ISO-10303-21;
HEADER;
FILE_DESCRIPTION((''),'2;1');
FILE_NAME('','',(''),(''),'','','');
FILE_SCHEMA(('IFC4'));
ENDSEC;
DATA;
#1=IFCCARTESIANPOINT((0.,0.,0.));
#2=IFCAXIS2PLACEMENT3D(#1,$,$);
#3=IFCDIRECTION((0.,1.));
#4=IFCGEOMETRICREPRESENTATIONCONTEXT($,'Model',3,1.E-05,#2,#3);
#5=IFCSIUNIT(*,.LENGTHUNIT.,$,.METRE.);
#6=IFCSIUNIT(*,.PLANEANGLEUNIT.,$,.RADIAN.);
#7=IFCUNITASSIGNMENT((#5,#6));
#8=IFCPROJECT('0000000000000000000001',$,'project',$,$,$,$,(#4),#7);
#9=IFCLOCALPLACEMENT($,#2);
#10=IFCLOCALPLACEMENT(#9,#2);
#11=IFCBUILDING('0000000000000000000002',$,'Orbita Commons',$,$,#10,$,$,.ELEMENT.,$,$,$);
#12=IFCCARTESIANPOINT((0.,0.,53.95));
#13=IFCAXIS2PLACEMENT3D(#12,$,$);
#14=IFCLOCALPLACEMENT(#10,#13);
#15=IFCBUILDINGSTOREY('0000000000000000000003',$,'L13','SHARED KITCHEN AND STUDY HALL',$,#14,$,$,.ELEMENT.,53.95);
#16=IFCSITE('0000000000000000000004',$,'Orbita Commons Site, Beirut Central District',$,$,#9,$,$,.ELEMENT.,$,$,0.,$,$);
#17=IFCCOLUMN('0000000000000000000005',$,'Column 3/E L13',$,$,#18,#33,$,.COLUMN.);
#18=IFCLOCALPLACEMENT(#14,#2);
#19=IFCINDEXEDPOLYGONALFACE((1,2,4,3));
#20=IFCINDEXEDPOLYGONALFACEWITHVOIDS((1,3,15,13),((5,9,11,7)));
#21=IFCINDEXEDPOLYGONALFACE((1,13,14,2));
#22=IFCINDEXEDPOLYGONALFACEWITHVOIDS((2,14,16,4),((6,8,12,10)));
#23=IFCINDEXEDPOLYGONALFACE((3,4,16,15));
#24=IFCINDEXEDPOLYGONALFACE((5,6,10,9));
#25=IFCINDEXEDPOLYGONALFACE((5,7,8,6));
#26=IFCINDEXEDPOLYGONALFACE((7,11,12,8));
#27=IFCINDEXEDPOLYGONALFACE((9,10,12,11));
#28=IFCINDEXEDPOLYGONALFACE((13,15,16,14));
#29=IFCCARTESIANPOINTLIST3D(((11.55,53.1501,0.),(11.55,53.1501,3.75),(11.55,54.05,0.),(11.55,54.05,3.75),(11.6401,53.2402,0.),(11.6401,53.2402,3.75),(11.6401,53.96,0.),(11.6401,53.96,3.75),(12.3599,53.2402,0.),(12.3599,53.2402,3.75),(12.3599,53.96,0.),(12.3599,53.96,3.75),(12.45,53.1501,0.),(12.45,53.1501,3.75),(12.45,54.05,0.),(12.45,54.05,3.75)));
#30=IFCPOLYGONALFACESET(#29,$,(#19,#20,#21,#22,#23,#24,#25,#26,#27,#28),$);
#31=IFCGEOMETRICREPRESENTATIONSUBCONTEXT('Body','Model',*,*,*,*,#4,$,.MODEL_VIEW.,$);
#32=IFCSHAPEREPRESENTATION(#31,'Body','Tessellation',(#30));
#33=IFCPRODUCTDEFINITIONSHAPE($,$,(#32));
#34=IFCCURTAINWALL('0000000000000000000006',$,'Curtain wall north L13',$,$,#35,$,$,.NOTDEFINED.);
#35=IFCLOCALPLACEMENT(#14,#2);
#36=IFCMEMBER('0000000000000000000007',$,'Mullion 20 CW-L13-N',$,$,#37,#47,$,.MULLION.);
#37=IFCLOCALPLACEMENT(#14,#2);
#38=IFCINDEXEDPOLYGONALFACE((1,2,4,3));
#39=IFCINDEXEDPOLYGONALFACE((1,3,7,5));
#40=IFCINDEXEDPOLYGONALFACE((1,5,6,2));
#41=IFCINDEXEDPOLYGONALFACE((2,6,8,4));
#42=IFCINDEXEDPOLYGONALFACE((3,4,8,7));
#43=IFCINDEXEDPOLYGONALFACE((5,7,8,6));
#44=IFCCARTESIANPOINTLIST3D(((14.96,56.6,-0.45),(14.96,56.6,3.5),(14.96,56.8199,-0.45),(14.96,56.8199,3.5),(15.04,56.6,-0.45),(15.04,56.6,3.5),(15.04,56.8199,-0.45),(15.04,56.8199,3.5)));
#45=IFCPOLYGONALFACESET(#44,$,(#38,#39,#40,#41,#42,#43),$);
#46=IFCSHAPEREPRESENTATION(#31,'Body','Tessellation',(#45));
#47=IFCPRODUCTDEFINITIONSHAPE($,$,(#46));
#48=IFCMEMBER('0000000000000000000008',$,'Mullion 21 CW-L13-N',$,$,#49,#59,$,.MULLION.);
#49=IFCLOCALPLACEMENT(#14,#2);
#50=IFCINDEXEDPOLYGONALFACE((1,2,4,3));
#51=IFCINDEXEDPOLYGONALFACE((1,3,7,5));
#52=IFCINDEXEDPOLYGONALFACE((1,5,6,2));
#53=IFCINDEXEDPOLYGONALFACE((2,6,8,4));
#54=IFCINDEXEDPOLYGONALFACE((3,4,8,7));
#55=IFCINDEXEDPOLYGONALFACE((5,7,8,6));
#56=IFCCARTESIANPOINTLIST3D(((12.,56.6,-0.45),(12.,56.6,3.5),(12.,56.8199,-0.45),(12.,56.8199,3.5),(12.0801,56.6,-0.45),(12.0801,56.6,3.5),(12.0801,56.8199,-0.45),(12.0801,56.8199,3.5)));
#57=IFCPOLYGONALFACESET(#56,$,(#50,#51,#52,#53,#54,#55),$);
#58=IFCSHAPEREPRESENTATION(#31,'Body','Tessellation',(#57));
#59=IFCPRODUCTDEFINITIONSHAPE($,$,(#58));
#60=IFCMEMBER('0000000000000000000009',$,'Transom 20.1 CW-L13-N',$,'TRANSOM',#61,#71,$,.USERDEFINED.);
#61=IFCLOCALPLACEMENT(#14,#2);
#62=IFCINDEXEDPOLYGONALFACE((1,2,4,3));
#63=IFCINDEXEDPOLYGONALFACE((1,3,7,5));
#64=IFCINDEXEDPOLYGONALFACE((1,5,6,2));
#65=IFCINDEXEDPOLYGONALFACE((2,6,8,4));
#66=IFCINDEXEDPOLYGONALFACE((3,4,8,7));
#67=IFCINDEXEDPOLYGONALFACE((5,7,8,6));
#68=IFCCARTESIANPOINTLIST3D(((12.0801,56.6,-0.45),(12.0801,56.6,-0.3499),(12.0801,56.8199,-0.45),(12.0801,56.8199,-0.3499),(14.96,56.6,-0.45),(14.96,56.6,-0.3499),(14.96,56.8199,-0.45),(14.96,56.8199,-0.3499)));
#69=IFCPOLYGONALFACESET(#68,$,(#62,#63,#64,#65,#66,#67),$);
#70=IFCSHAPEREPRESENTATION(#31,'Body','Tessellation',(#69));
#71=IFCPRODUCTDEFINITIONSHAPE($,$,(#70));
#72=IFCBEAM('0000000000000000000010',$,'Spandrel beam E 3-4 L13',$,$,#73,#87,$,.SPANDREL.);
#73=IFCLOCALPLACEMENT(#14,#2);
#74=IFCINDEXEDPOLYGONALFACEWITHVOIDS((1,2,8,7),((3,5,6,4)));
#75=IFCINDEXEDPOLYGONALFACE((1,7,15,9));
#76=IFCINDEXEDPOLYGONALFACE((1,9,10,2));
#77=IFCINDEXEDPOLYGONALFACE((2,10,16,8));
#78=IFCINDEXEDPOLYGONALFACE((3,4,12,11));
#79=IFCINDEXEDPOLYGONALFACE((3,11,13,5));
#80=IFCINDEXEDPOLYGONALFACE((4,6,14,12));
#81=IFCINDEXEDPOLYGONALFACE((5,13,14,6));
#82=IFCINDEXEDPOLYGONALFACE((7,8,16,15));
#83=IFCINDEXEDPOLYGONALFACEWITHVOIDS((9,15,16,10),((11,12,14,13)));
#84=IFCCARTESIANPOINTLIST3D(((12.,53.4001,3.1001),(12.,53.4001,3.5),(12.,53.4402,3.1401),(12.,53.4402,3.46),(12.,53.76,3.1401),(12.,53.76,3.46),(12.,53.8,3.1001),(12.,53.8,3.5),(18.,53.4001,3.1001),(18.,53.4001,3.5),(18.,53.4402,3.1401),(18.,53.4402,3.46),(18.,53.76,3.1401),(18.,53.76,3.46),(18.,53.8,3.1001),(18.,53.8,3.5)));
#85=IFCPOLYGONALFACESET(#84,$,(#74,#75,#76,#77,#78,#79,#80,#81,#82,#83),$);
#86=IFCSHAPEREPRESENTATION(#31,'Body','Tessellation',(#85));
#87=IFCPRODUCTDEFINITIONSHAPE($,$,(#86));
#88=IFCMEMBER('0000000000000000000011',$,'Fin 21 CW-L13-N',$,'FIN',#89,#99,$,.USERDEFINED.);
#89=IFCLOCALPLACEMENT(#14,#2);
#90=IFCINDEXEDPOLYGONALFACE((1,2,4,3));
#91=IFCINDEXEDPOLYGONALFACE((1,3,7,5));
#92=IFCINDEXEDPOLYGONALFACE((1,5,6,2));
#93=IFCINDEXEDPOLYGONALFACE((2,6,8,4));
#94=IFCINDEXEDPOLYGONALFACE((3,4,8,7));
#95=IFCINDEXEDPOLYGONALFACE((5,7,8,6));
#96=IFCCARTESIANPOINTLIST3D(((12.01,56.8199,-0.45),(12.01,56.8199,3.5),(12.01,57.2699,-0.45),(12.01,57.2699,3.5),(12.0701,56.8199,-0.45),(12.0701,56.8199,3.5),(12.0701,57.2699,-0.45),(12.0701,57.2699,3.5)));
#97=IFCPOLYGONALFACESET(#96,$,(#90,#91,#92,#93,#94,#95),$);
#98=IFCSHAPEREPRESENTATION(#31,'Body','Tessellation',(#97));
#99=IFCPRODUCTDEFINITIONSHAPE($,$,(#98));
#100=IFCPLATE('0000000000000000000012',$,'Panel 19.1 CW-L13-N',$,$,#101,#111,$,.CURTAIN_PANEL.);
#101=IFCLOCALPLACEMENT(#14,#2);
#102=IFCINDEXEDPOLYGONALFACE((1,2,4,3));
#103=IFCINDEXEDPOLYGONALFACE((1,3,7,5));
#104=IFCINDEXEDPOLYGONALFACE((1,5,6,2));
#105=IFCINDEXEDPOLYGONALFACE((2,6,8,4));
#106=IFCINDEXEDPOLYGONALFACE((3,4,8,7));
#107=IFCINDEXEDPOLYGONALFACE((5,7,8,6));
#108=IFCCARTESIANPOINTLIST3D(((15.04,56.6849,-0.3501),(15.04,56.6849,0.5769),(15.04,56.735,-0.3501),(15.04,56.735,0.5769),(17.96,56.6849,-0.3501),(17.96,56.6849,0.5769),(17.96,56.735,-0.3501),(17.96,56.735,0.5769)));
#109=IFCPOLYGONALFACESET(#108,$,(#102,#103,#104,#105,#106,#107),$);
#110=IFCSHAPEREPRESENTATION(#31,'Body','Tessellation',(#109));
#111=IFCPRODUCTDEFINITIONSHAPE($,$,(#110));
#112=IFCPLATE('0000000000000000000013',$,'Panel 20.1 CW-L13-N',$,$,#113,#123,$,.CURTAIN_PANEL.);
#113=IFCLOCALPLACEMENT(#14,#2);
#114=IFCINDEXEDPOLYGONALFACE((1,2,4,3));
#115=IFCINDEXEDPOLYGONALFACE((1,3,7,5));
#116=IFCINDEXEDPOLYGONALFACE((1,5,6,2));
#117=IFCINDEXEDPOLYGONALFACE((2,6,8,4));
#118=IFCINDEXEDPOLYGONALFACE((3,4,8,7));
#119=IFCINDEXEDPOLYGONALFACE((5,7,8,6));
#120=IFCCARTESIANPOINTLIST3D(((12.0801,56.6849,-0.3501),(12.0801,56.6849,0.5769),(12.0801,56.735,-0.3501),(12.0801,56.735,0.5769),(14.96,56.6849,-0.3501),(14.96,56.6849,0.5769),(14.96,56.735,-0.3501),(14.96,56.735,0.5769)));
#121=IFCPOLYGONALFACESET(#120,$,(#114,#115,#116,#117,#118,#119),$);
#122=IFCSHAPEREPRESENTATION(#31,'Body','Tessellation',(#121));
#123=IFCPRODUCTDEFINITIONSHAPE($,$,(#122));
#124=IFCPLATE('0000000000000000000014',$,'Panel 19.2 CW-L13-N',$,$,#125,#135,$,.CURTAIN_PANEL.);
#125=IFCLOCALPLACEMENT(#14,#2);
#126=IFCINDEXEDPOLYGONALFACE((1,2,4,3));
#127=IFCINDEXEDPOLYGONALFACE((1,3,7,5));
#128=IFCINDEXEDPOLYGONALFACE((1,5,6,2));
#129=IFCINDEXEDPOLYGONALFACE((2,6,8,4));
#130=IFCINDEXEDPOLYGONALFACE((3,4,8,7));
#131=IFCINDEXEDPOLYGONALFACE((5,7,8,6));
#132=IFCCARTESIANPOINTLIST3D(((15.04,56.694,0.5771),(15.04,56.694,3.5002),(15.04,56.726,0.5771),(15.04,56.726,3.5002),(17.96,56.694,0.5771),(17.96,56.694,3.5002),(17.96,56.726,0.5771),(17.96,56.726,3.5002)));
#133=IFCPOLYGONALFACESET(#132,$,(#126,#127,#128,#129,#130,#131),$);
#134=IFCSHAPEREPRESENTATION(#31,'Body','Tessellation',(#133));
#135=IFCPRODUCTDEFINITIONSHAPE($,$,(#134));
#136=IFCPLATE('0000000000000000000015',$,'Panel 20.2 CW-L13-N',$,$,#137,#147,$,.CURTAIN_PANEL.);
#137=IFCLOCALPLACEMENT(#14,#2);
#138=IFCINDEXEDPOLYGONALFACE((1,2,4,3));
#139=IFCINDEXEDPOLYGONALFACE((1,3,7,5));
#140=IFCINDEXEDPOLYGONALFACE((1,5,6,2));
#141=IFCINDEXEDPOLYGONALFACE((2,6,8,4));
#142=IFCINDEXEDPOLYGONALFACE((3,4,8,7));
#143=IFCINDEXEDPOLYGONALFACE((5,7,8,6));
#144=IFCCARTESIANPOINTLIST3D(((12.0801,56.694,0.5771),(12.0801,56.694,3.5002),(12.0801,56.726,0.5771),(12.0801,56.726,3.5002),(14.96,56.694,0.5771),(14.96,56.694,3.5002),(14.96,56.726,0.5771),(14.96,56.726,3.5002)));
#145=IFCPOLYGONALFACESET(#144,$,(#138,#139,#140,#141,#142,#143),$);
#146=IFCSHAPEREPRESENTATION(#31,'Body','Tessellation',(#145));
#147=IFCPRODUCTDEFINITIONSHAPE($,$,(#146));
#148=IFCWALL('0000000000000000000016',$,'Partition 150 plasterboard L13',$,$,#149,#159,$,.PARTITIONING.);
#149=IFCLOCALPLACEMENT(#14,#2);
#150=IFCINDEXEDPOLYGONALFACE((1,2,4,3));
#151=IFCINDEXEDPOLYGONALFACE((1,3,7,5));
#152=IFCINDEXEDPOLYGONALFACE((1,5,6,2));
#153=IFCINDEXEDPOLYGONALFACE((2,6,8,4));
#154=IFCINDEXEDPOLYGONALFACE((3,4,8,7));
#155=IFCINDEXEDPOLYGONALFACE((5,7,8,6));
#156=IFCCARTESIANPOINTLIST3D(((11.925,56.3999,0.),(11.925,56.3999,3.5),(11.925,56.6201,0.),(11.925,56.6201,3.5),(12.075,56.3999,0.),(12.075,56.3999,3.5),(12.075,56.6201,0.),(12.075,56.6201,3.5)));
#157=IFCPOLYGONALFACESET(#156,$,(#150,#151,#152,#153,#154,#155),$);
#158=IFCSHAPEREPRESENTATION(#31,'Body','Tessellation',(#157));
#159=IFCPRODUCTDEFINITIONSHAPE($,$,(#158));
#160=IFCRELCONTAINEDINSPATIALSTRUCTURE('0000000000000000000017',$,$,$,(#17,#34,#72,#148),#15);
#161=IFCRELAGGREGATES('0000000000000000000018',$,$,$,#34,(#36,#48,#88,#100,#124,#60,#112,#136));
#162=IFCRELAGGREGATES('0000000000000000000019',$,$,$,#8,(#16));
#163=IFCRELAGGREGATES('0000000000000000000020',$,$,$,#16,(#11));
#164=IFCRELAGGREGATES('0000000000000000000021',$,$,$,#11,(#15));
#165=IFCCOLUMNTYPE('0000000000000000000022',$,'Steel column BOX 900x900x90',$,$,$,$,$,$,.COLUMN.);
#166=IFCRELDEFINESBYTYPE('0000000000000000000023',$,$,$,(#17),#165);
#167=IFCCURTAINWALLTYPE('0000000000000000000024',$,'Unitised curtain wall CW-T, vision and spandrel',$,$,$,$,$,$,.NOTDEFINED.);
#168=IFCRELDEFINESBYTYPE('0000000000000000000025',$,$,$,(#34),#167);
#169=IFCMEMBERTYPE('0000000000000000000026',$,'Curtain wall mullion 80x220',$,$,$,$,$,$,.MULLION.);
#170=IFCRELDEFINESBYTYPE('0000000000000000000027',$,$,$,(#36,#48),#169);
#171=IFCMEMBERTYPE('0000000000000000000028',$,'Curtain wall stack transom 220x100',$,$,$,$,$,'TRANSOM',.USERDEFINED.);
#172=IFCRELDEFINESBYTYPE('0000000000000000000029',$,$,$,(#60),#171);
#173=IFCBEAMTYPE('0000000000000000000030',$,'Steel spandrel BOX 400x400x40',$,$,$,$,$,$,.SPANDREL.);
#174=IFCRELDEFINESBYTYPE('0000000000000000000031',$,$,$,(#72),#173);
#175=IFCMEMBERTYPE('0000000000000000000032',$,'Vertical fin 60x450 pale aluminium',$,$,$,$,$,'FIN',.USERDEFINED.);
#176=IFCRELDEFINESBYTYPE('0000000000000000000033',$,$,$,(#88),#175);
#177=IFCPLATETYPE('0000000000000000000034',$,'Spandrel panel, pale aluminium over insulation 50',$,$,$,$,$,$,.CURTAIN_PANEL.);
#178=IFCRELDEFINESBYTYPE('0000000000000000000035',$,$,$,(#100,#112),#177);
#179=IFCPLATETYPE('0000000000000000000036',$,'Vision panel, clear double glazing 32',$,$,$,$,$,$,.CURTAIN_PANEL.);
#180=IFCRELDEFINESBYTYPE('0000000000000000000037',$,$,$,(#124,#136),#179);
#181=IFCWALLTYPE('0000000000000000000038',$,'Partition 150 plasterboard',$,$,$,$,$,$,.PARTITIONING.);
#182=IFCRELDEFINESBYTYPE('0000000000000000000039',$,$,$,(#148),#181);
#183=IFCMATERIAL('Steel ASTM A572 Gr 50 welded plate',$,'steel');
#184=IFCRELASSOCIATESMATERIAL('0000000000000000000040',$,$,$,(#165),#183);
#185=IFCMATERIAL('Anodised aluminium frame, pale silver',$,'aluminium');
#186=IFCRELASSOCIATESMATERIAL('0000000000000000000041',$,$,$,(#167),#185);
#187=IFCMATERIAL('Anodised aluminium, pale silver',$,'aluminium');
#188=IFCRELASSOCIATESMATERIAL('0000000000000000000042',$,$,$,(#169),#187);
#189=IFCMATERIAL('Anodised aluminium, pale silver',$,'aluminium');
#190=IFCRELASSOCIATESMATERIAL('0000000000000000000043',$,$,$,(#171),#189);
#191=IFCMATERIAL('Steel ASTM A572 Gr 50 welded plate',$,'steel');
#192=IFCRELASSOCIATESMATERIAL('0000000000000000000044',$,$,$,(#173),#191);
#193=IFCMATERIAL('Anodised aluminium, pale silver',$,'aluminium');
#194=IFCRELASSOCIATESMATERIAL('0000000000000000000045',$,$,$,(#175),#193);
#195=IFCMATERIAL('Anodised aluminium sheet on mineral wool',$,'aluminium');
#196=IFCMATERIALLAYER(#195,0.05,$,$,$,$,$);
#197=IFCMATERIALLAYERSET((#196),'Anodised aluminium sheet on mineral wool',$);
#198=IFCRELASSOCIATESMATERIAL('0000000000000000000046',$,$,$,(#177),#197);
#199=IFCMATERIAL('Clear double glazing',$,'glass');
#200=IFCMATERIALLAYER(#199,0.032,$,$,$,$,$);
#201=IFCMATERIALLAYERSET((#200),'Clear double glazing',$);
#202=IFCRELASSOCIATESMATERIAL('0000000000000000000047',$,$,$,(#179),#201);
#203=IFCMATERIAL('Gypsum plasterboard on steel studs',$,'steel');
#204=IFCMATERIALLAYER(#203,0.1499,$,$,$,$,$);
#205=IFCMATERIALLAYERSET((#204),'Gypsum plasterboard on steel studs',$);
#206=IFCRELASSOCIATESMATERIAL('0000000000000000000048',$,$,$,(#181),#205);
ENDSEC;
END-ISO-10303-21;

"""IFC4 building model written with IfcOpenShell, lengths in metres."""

from ifc_helpers import new_model, si_unit, direction, frame, frame_2d, origin, origin_2d, place, context, subcontext, project, spatial, rectangle, hollow_rectangle, extrude, material, layer, layer_set, material_profile, profile_set, type_object, element, aggregate, save


model = new_model("IFC4")

# Units and contexts
model_context = context("Model", 3, precision=1e-05, world=origin(), true_north=direction((0.0, 1.0)))
body_context = subcontext(model_context, "Body", "Model", "MODEL_VIEW")
ifc_project = project(units=[si_unit("LENGTHUNIT", "METRE"), si_unit("PLANEANGLEUNIT", "RADIAN")], contexts=[model_context])

# Site, building, storey
site_placement = place(None, origin())
site = spatial("IfcSite", under=ifc_project, at=site_placement, Name="Orbita Commons Site, Beirut Central District", CompositionType="ELEMENT", RefElevation=0.0)
building_placement = place(site_placement, origin())
building = spatial("IfcBuilding", under=site, at=building_placement, Name="Orbita Commons", CompositionType="ELEMENT")
storey_placement = place(building_placement, frame((0.0, 0.0, 53.95)))
storey = spatial("IfcBuildingStorey", under=building, at=storey_placement, Name="L13", Description="SHARED KITCHEN AND STUDY HALL", CompositionType="ELEMENT", Elevation=53.95)

# Column
ifc_material_1 = material(Name="Steel ASTM A572 Gr 50 welded plate", Category="steel")
ifc_material_profile_1 = material_profile(ifc_material_1, hollow_rectangle(XDim=0.8999, YDim=0.8999, WallThickness=0.0901, at=origin_2d()), Name="BOX 900x900x90")
ifc_profile_set_1 = profile_set([ifc_material_profile_1], Name="Steel ASTM A572 Gr 50 welded plate")
column_type = type_object("IfcColumnType", Name="Steel column BOX 900x900x90", PredefinedType="COLUMN", material=ifc_profile_set_1)
column_placement = place(storey_placement, frame((12.0, 53.6001, 0.0), z_axis=(0.0, 0.0, 1.0), x_axis=(1.0, 0.0, 0.0)))
element("IfcColumn", 1, at=column_placement, inside=storey, type_object=column_type, Name="Column 3/E L13", PredefinedType="COLUMN", context=body_context, shape_type="SweptSolid", body=[
    extrude(hollow_rectangle(XDim=0.8999, YDim=0.8999, WallThickness=0.0901, at=origin_2d()), origin(), (0.0, 0.0, 1.0), 3.75),
])

# Curtain wall, members
ifc_material_2 = material(Name="Anodised aluminium frame, pale silver", Category="aluminium")
curtain_wall_type = type_object("IfcCurtainWallType", Name="Unitised curtain wall CW-T, vision and spandrel", PredefinedType="NOTDEFINED", material=ifc_material_2)
curtain_wall_placement = place(storey_placement, origin())
curtain_wall = element("IfcCurtainWall", 2, at=curtain_wall_placement, inside=storey, type_object=curtain_wall_type, Name="Curtain wall north L13", PredefinedType="NOTDEFINED")
ifc_material_3 = material(Name="Anodised aluminium, pale silver", Category="aluminium")
ifc_material_profile_2 = material_profile(ifc_material_3, rectangle(XDim=0.0801, YDim=0.22, at=origin_2d()), Name="AL 80x220")
ifc_profile_set_2 = profile_set([ifc_material_profile_2], Name="Anodised aluminium, pale silver")
member_type_1 = type_object("IfcMemberType", Name="Curtain wall mullion 80x220", PredefinedType="MULLION", material=ifc_profile_set_2)
member_1_placement = place(storey_placement, frame((15.0, 56.71, -0.45), z_axis=(0.0, 0.0, 1.0), x_axis=(-1.0, 0.0, 0.0)))
member_1 = element("IfcMember", 3, at=member_1_placement, type_object=member_type_1, Name="Mullion 20 CW-L13-N", PredefinedType="MULLION", context=body_context, shape_type="SweptSolid", body=[
    extrude(rectangle(XDim=0.0801, YDim=0.22, at=origin_2d()), origin(), (0.0, 0.0, 1.0), 3.95),
])
member_2_placement = place(storey_placement, frame((12.04, 56.71, -0.45), z_axis=(0.0, 0.0, 1.0), x_axis=(-1.0, 0.0, 0.0)))
member_2 = element("IfcMember", 4, at=member_2_placement, type_object=member_type_1, Name="Mullion 21 CW-L13-N", PredefinedType="MULLION", context=body_context, shape_type="SweptSolid", body=[
    extrude(rectangle(XDim=0.0801, YDim=0.22, at=origin_2d()), origin(), (0.0, 0.0, 1.0), 3.95),
])
ifc_material_4 = material(Name="Anodised aluminium, pale silver", Category="aluminium")
ifc_material_profile_3 = material_profile(ifc_material_4, rectangle(XDim=0.22, YDim=0.1001, at=origin_2d()), Name="AL 220x100")
ifc_profile_set_3 = profile_set([ifc_material_profile_3], Name="Anodised aluminium, pale silver")
member_type_2 = type_object("IfcMemberType", Name="Curtain wall stack transom 220x100", ElementType="TRANSOM", PredefinedType="USERDEFINED", material=ifc_profile_set_3)
member_3_placement = place(storey_placement, frame((14.96, 56.71, -0.3999), z_axis=(-1.0, 0.0, 0.0), x_axis=(0.0, -1.0, 0.0)))
member_3 = element("IfcMember", 5, at=member_3_placement, type_object=member_type_2, Name="Transom 20.1 CW-L13-N", ObjectType="TRANSOM", PredefinedType="USERDEFINED", context=body_context, shape_type="SweptSolid", body=[
    extrude(rectangle(XDim=0.22, YDim=0.1001, at=origin_2d()), origin(), (0.0, 0.0, 1.0), 2.8799),
])

# Beam
ifc_material_5 = material(Name="Steel ASTM A572 Gr 50 welded plate", Category="steel")
ifc_material_profile_4 = material_profile(ifc_material_5, hollow_rectangle(XDim=0.3999, YDim=0.3999, WallThickness=0.04, at=origin_2d()), Name="BOX 400x400x40")
ifc_profile_set_4 = profile_set([ifc_material_profile_4], Name="Steel ASTM A572 Gr 50 welded plate")
beam_type = type_object("IfcBeamType", Name="Steel spandrel BOX 400x400x40", PredefinedType="SPANDREL", material=ifc_profile_set_4)
beam_placement = place(storey_placement, frame((12.0, 53.6001, 3.3), z_axis=(1.0, 0.0, 0.0), x_axis=(0.0, 1.0, 0.0)))
element("IfcBeam", 6, at=beam_placement, inside=storey, type_object=beam_type, Name="Spandrel beam E 3-4 L13", PredefinedType="SPANDREL", context=body_context, shape_type="SweptSolid", body=[
    extrude(hollow_rectangle(XDim=0.3999, YDim=0.3999, WallThickness=0.04, at=origin_2d()), origin(), (0.0, 0.0, 1.0), 6.0),
])

# Member
ifc_material_6 = material(Name="Anodised aluminium, pale silver", Category="aluminium")
ifc_material_profile_5 = material_profile(ifc_material_6, rectangle(XDim=0.0601, YDim=0.45, at=origin_2d()), Name="FIN 60x450")
ifc_profile_set_5 = profile_set([ifc_material_profile_5], Name="Anodised aluminium, pale silver")
member_type_3 = type_object("IfcMemberType", Name="Vertical fin 60x450 pale aluminium", ElementType="FIN", PredefinedType="USERDEFINED", material=ifc_profile_set_5)
member_4_placement = place(storey_placement, frame((12.04, 57.0449, -0.45), z_axis=(0.0, 0.0, 1.0), x_axis=(-1.0, 0.0, 0.0)))
member_4 = element("IfcMember", 7, at=member_4_placement, type_object=member_type_3, Name="Fin 21 CW-L13-N", ObjectType="FIN", PredefinedType="USERDEFINED", context=body_context, shape_type="SweptSolid", body=[
    extrude(rectangle(XDim=0.0601, YDim=0.45, at=origin_2d()), origin(), (0.0, 0.0, 1.0), 3.95),
])

# Plates
ifc_material_7 = material(Name="Anodised aluminium sheet on mineral wool", Category="aluminium")
ifc_layer_1 = layer(ifc_material_7, 0.05)
ifc_layer_set_1 = layer_set([ifc_layer_1], Name="Anodised aluminium sheet on mineral wool")
plate_type_1 = type_object("IfcPlateType", Name="Spandrel panel, pale aluminium over insulation 50", PredefinedType="CURTAIN_PANEL", material=ifc_layer_set_1)
plate_1_placement = place(storey_placement, frame((16.5, 56.71, -0.3501), z_axis=(0.0, 0.0, 1.0), x_axis=(-1.0, 0.0, 0.0)))
plate_1 = element("IfcPlate", 8, at=plate_1_placement, type_object=plate_type_1, Name="Panel 19.1 CW-L13-N", PredefinedType="CURTAIN_PANEL", context=body_context, shape_type="SweptSolid", body=[
    extrude(rectangle(XDim=2.9199, YDim=0.05, at=origin_2d()), origin(), (0.0, 0.0, 1.0), 0.927),
])
plate_2_placement = place(storey_placement, frame((13.52, 56.71, -0.3501), z_axis=(0.0, 0.0, 1.0), x_axis=(-1.0, 0.0, 0.0)))
plate_2 = element("IfcPlate", 9, at=plate_2_placement, type_object=plate_type_1, Name="Panel 20.1 CW-L13-N", PredefinedType="CURTAIN_PANEL", context=body_context, shape_type="SweptSolid", body=[
    extrude(rectangle(XDim=2.8799, YDim=0.05, at=origin_2d()), origin(), (0.0, 0.0, 1.0), 0.927),
])
ifc_material_8 = material(Name="Clear double glazing", Category="glass")
ifc_layer_2 = layer(ifc_material_8, 0.032)
ifc_layer_set_2 = layer_set([ifc_layer_2], Name="Clear double glazing")
plate_type_2 = type_object("IfcPlateType", Name="Vision panel, clear double glazing 32", PredefinedType="CURTAIN_PANEL", material=ifc_layer_set_2)
plate_3_placement = place(storey_placement, frame((16.5, 56.71, 0.5771), z_axis=(0.0, 0.0, 1.0), x_axis=(-1.0, 0.0, 0.0)))
plate_3 = element("IfcPlate", 10, at=plate_3_placement, type_object=plate_type_2, Name="Panel 19.2 CW-L13-N", PredefinedType="CURTAIN_PANEL", context=body_context, shape_type="SweptSolid", body=[
    extrude(rectangle(XDim=2.9199, YDim=0.032, at=origin_2d()), origin(), (0.0, 0.0, 1.0), 2.9231),
])
plate_4_placement = place(storey_placement, frame((13.52, 56.71, 0.5771), z_axis=(0.0, 0.0, 1.0), x_axis=(-1.0, 0.0, 0.0)))
plate_4 = element("IfcPlate", 11, at=plate_4_placement, type_object=plate_type_2, Name="Panel 20.2 CW-L13-N", PredefinedType="CURTAIN_PANEL", context=body_context, shape_type="SweptSolid", body=[
    extrude(rectangle(XDim=2.8799, YDim=0.032, at=origin_2d()), origin(), (0.0, 0.0, 1.0), 2.9231),
])
aggregate(curtain_wall, [member_1, member_2, member_4, plate_1, plate_3, member_3, plate_2, plate_4])

# Wall
ifc_material_9 = material(Name="Gypsum plasterboard on steel studs", Category="steel")
ifc_layer_3 = layer(ifc_material_9, 0.1499)
ifc_layer_set_3 = layer_set([ifc_layer_3], Name="Gypsum plasterboard on steel studs")
wall_type_1 = type_object("IfcWallType", Name="Partition 150 plasterboard", PredefinedType="PARTITIONING", material=ifc_layer_set_3)
wall_1_placement = place(storey_placement, frame((12.0, 56.3999, 0.0), z_axis=(0.0, 0.0, 1.0), x_axis=(0.0, 1.0, 0.0)))
element("IfcWall", 12, at=wall_1_placement, inside=storey, type_object=wall_type_1, Name="Partition 150 plasterboard L13", PredefinedType="PARTITIONING", context=body_context, shape_type="SweptSolid", body=[
    extrude(rectangle(XDim=0.2202, YDim=0.1499, at=frame_2d((0.1101, 0.0))), origin(), (0.0, 0.0, 1.0), 3.5),
])

save(model, "model.ifc")
